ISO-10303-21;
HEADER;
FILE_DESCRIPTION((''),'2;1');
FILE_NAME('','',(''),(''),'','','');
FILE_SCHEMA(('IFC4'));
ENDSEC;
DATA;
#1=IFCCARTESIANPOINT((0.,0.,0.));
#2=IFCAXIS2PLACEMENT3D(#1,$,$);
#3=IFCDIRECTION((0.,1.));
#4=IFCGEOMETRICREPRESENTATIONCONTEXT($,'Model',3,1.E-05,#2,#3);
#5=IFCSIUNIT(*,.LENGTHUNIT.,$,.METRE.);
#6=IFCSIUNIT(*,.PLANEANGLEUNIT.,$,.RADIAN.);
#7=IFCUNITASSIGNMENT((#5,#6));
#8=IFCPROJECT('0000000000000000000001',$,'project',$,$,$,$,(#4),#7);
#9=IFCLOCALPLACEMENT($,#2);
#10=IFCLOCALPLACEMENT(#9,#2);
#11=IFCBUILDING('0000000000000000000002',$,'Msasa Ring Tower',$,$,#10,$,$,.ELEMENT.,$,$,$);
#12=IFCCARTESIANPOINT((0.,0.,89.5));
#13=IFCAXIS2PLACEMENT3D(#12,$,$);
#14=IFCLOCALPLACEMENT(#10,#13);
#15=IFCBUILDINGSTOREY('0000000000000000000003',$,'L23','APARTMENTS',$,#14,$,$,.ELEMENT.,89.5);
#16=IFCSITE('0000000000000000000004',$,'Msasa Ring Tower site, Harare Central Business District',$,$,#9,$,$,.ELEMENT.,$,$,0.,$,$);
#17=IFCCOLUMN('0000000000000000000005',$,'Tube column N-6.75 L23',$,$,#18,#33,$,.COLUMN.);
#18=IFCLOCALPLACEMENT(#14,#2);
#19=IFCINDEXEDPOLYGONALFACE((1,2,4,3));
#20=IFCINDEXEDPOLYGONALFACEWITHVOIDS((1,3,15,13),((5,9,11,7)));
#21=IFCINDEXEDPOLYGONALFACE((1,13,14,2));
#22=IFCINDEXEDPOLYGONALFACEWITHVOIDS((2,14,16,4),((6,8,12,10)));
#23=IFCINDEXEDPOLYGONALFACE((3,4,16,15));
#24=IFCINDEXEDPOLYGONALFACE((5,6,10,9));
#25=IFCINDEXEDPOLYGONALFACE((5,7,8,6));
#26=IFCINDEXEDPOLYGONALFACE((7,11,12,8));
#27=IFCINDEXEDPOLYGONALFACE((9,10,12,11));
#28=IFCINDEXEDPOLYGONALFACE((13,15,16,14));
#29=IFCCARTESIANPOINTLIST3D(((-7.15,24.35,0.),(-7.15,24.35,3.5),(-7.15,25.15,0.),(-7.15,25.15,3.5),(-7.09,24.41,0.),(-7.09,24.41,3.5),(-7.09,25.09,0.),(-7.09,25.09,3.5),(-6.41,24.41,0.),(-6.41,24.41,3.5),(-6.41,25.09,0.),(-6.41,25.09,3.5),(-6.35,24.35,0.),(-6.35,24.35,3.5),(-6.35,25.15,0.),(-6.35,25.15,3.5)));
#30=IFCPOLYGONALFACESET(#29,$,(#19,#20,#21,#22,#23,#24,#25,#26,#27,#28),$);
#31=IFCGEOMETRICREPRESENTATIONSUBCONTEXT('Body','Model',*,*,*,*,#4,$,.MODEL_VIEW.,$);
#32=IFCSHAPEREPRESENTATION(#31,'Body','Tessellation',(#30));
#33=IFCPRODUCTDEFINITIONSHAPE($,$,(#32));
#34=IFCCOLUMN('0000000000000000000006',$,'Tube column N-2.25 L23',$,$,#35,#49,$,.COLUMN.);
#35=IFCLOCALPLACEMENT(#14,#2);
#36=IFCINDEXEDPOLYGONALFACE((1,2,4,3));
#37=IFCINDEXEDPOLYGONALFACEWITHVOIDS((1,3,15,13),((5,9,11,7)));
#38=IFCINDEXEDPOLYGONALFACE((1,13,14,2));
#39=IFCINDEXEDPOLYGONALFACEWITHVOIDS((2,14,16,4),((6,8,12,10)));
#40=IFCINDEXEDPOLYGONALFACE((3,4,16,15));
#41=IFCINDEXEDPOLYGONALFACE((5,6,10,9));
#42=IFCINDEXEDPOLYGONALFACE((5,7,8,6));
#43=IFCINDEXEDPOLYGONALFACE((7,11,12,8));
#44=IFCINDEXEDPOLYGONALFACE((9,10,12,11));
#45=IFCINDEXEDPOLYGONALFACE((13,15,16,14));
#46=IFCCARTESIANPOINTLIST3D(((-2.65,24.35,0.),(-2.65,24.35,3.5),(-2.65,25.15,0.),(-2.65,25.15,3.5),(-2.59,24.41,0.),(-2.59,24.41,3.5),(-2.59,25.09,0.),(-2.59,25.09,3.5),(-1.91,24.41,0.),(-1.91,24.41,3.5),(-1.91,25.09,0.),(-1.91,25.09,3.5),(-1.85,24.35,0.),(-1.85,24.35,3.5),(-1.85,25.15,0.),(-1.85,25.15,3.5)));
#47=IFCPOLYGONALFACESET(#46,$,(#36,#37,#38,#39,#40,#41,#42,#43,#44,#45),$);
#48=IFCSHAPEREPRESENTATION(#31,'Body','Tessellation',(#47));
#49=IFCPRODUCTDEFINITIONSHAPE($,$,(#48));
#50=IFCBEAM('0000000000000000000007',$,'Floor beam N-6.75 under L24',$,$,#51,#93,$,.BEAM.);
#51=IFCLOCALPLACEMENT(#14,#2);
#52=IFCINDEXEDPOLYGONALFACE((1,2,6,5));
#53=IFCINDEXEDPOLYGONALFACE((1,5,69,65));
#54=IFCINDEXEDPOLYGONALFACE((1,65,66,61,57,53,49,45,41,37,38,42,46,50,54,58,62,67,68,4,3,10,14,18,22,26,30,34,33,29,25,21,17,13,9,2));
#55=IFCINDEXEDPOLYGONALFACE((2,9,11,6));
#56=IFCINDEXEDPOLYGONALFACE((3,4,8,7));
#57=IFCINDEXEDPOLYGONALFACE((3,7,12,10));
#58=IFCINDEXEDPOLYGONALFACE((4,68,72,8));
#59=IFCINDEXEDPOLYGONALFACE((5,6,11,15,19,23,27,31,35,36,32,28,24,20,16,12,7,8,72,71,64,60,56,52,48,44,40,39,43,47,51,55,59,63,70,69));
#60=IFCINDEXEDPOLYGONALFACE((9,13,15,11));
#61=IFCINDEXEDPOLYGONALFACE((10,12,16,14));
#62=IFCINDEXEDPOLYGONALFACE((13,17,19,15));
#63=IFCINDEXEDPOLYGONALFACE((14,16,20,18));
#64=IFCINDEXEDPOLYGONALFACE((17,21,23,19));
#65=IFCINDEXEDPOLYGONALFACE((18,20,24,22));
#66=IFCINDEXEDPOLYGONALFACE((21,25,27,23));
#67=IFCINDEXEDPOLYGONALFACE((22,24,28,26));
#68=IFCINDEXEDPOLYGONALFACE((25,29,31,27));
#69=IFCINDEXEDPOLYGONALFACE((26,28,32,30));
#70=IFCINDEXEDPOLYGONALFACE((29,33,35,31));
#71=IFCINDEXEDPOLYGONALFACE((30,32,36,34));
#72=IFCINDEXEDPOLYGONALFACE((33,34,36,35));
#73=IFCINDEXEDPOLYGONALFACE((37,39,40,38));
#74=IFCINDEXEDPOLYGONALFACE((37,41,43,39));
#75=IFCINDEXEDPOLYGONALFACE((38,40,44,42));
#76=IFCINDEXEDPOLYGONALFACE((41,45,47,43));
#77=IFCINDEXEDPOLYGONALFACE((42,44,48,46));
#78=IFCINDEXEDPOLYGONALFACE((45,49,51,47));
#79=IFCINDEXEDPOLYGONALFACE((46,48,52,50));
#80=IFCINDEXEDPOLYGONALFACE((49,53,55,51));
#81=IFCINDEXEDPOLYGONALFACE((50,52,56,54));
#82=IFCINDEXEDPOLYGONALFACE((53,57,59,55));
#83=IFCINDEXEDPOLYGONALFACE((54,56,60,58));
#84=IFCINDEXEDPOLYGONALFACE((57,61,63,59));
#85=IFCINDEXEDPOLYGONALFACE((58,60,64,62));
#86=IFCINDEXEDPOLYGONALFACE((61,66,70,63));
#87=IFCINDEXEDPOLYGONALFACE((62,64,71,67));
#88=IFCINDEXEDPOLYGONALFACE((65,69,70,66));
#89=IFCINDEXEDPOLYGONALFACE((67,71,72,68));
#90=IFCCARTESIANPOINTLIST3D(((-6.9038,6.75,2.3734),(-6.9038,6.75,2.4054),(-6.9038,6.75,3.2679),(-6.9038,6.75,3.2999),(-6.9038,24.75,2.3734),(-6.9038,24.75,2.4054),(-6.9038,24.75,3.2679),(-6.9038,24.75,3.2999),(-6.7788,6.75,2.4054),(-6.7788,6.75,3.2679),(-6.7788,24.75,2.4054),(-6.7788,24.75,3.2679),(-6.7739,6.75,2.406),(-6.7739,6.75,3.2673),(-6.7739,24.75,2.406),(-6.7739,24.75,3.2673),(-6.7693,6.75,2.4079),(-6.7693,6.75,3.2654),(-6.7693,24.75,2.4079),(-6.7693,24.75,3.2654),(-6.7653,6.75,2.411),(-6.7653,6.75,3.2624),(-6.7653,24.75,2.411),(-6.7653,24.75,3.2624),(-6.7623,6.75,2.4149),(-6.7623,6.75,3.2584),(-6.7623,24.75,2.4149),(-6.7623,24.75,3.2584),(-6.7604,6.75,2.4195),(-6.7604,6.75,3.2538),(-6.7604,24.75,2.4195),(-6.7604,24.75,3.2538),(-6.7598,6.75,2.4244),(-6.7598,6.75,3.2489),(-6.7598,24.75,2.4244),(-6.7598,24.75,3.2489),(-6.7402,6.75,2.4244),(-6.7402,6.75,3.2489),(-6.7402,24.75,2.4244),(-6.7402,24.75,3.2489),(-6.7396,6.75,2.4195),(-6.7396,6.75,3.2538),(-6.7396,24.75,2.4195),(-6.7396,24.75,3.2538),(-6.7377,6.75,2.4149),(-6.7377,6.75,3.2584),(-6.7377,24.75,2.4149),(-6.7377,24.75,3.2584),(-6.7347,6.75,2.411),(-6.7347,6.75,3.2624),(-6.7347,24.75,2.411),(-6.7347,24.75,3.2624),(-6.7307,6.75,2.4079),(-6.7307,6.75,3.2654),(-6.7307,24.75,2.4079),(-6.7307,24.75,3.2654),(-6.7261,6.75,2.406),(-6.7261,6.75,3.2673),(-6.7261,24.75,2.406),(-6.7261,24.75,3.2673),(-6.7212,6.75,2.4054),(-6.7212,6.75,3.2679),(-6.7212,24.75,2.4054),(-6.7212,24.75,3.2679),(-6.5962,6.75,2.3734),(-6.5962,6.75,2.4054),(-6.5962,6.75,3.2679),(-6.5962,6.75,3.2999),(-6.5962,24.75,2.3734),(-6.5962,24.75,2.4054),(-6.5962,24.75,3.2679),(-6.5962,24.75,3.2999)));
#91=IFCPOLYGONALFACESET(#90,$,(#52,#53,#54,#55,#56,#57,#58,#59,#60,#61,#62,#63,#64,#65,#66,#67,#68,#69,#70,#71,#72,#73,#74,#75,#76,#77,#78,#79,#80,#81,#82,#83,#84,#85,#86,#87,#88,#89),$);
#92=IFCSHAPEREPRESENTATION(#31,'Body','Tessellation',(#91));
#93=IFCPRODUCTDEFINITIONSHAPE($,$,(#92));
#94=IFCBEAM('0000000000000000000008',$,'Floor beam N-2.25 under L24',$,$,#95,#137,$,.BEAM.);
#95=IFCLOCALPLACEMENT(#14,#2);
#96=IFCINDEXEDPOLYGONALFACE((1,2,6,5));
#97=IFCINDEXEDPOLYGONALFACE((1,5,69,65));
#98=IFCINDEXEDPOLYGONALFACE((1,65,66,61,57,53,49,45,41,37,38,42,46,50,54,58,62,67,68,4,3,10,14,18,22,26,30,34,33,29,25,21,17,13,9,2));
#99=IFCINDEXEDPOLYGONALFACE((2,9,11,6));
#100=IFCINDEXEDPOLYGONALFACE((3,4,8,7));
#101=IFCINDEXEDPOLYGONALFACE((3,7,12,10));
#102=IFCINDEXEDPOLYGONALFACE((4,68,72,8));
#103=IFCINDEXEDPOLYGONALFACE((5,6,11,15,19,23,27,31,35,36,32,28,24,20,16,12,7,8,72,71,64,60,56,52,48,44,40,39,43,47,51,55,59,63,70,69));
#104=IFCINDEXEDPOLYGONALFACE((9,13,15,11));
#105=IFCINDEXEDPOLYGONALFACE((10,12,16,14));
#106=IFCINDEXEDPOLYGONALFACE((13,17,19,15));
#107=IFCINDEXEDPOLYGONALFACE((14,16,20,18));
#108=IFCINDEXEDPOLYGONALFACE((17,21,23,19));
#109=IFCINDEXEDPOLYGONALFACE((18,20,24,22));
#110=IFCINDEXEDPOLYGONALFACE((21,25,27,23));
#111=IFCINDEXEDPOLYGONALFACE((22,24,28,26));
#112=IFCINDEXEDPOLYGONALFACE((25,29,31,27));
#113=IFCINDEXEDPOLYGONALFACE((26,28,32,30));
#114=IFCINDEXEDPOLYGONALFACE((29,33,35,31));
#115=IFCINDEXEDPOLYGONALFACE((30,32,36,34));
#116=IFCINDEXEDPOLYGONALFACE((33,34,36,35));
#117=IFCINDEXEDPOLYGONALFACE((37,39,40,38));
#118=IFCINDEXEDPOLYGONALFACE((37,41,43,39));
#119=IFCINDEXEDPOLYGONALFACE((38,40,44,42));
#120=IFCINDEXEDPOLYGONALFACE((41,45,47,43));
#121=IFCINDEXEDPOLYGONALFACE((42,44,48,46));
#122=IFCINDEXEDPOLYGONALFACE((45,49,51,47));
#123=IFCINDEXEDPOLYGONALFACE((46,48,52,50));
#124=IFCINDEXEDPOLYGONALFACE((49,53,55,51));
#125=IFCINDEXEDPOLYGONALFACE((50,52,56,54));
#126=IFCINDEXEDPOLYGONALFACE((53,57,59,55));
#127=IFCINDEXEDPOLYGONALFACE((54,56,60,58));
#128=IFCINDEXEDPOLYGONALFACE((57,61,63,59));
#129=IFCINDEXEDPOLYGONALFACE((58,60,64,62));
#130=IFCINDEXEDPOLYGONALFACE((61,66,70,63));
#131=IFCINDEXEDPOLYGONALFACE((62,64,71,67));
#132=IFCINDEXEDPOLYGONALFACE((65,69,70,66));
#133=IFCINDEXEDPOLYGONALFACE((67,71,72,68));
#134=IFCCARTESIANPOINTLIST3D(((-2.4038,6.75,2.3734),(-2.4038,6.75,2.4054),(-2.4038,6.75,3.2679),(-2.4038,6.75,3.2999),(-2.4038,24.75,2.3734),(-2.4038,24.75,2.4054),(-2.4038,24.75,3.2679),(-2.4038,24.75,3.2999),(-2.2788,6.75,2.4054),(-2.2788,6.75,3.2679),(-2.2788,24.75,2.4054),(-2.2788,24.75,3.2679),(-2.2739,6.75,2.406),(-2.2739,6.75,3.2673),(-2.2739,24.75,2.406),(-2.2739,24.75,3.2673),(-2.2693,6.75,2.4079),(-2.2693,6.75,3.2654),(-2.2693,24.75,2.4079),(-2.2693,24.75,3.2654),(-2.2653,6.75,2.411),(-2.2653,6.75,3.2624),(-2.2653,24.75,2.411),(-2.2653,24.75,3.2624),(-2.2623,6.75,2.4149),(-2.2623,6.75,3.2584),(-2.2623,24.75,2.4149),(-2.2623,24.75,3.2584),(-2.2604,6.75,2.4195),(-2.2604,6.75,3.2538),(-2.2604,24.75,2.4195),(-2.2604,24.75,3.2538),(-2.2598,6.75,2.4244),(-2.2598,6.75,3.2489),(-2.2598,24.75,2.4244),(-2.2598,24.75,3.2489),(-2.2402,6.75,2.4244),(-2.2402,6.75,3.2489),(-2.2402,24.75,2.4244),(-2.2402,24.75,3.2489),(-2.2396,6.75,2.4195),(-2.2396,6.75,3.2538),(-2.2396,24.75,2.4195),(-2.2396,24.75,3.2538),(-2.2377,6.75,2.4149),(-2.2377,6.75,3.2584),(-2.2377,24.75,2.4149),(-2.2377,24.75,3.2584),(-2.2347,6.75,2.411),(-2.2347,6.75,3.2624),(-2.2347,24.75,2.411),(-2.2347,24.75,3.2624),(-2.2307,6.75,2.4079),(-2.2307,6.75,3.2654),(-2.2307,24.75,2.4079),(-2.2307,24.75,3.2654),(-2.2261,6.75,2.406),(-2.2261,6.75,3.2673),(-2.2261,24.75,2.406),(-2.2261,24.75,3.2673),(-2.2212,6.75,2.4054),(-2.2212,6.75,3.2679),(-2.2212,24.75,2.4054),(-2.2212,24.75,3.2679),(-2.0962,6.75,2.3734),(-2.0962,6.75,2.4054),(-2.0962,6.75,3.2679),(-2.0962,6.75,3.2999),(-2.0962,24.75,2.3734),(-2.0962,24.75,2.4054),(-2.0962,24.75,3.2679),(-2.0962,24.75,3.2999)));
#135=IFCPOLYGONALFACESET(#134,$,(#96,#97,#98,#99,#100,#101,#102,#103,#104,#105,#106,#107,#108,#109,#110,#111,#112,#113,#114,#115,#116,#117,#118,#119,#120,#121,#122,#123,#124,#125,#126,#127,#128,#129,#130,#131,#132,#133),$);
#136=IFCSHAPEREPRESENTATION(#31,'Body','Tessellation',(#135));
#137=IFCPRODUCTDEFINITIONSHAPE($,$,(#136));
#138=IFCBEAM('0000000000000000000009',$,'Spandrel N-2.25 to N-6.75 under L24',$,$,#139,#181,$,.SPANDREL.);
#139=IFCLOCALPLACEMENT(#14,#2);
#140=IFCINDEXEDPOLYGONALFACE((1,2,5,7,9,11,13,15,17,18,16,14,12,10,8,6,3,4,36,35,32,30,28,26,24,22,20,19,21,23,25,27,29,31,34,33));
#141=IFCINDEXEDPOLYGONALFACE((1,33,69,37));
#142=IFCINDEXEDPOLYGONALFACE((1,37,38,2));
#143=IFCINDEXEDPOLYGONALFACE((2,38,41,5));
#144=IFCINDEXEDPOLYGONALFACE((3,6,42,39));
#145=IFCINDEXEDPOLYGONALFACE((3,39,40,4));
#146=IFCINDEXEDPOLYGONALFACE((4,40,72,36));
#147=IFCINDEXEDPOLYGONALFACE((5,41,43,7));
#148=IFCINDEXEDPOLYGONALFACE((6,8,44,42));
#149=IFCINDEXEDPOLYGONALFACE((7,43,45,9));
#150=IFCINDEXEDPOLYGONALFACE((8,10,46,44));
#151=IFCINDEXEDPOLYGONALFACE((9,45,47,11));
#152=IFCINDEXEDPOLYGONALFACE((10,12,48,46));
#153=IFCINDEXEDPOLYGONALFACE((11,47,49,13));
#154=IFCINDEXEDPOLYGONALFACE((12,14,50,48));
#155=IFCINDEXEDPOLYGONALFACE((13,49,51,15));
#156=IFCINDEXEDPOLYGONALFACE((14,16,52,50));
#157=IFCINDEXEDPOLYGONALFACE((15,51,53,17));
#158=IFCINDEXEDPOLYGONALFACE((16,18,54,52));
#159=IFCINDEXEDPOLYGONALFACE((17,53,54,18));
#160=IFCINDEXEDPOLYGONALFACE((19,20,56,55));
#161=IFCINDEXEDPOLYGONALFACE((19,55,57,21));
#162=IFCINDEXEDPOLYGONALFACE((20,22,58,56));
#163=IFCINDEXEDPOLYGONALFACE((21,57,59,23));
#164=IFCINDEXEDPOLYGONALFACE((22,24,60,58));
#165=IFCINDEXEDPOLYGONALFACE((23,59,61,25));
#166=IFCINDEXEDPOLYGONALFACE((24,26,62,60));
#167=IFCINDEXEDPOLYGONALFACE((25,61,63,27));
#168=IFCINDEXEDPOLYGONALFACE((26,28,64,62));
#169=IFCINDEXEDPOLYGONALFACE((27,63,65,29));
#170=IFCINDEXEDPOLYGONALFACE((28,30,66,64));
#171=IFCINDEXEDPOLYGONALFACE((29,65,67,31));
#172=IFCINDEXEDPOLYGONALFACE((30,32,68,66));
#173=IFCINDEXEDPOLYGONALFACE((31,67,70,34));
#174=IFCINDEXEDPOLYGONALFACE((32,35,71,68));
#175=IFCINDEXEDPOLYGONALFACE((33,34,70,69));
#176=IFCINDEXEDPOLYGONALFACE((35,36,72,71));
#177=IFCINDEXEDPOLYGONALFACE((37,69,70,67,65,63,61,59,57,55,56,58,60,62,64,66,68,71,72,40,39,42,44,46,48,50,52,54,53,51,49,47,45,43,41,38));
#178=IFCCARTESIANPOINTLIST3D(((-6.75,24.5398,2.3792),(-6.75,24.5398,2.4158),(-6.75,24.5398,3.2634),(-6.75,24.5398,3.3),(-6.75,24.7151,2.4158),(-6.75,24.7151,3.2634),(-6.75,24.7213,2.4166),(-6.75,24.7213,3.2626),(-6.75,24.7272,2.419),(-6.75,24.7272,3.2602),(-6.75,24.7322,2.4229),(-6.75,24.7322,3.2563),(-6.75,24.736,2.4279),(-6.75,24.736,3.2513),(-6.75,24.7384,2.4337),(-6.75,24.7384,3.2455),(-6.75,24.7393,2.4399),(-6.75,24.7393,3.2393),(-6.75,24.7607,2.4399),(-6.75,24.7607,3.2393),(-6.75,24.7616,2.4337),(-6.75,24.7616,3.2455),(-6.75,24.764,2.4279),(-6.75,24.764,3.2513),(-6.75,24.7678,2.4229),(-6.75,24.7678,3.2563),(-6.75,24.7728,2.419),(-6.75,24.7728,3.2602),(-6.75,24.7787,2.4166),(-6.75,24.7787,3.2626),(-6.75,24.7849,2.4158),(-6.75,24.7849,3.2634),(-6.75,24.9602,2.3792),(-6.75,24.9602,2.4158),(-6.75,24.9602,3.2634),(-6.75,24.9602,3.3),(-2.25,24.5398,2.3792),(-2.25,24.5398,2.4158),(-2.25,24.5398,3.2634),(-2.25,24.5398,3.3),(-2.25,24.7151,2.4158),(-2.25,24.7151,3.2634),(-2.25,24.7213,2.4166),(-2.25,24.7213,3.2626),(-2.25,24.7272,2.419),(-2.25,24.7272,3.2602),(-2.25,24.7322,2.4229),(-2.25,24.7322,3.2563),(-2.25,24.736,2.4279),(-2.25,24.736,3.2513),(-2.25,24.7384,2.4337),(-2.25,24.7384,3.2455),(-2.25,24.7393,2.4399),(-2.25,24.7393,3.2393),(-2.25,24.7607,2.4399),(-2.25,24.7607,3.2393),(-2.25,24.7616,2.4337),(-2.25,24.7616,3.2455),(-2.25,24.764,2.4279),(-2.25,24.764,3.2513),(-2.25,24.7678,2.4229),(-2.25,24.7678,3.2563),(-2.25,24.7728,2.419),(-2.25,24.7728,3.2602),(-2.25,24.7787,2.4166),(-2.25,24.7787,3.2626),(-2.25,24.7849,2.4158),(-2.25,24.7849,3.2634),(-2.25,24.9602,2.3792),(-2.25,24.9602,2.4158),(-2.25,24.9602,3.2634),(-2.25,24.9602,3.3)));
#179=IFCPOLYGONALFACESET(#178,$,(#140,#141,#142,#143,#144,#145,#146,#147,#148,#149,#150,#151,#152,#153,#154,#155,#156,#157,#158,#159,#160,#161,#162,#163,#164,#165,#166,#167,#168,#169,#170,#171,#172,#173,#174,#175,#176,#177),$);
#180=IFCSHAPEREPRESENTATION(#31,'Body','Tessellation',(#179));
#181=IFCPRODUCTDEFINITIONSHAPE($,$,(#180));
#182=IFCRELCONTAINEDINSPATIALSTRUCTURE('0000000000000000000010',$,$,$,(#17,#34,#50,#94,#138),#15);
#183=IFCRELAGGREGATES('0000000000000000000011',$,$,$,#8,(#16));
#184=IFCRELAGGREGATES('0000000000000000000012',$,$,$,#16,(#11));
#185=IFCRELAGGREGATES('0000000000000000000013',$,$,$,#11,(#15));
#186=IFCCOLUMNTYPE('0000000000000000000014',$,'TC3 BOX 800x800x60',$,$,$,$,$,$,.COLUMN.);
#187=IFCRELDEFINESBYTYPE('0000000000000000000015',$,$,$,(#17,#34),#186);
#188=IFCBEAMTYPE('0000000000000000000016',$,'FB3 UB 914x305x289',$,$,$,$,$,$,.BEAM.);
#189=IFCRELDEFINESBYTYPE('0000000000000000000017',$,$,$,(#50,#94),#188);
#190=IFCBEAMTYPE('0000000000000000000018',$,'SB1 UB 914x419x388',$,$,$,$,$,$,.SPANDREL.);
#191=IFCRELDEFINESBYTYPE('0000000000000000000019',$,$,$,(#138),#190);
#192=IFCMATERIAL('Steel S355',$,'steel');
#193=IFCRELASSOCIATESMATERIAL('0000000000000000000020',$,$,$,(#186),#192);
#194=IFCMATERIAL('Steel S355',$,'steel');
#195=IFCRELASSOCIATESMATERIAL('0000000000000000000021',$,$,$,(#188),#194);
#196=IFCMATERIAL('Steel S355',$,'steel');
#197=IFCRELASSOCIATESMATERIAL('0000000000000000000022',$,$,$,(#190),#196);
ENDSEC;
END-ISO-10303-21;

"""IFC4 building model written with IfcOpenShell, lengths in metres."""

from ifc_helpers import new_model, si_unit, direction, frame, origin, origin_2d, place, context, subcontext, project, spatial, hollow_rectangle, i_section, extrude, material, material_profile, profile_set, type_object, element, save


model = new_model("IFC4")

# Units and contexts
model_context = context("Model", 3, precision=1e-05, world=origin(), true_north=direction((0.0, 1.0)))
body_context = subcontext(model_context, "Body", "Model", "MODEL_VIEW")
ifc_project = project(units=[si_unit("LENGTHUNIT", "METRE"), si_unit("PLANEANGLEUNIT", "RADIAN")], contexts=[model_context])

# Site, building, storey
site_placement = place(None, origin())
site = spatial("IfcSite", under=ifc_project, at=site_placement, Name="Msasa Ring Tower site, Harare Central Business District", CompositionType="ELEMENT", RefElevation=0.0)
building_placement = place(site_placement, origin())
building = spatial("IfcBuilding", under=site, at=building_placement, Name="Msasa Ring Tower", CompositionType="ELEMENT")
storey_placement = place(building_placement, frame((0.0, 0.0, 89.5)))
storey = spatial("IfcBuildingStorey", under=building, at=storey_placement, Name="L23", Description="APARTMENTS", CompositionType="ELEMENT", Elevation=89.5)

# Columns
ifc_material_1 = material(Name="Steel S355", Category="steel")
ifc_material_profile_1 = material_profile(ifc_material_1, hollow_rectangle(XDim=0.8, YDim=0.8, WallThickness=0.0601, at=origin_2d()), Name="BOX 800x800x60")
ifc_profile_set_1 = profile_set([ifc_material_profile_1], Name="Steel S355")
column_type = type_object("IfcColumnType", Name="TC3 BOX 800x800x60", PredefinedType="COLUMN", material=ifc_profile_set_1)
for number, where, z_axis, x_axis, name in (
    (1, (-6.75, 24.75, 0.0), (0.0, 0.0, 1.0), (0.0, 1.0, 0.0), "Tube column N-6.75 L23"),
    (2, (-2.25, 24.75, 0.0), (0.0, 0.0, 1.0), (0.0, 1.0, 0.0), "Tube column N-2.25 L23"),
):
    element("IfcColumn", number, at=place(storey_placement, frame(where, z_axis=z_axis, x_axis=x_axis)), inside=storey, type_object=column_type, Name=name, PredefinedType="COLUMN", context=body_context, shape_type="SweptSolid", body=[
        extrude(hollow_rectangle(XDim=0.8, YDim=0.8, WallThickness=0.0601, at=origin_2d()), origin(), (0.0, 0.0, 1.0), 3.5),
    ])

# Beams
ifc_material_2 = material(Name="Steel S355", Category="steel")
ifc_material_profile_2 = material_profile(ifc_material_2, i_section(OverallWidth=0.3076, OverallDepth=0.9265, WebThickness=0.0195, FlangeThickness=0.032, FilletRadius=0.019, at=origin_2d()), Name="UB 914x305x289")
ifc_profile_set_2 = profile_set([ifc_material_profile_2], Name="Steel S355")
beam_type_1 = type_object("IfcBeamType", Name="FB3 UB 914x305x289", PredefinedType="BEAM", material=ifc_profile_set_2)
for number, where, z_axis, x_axis, name in (
    (3, (-6.75, 24.75, 2.8367), (0.0, -1.0, 0.0), (1.0, 0.0, 0.0), "Floor beam N-6.75 under L24"),
    (4, (-2.25, 24.75, 2.8367), (0.0, -1.0, 0.0), (1.0, 0.0, 0.0), "Floor beam N-2.25 under L24"),
):
    element("IfcBeam", number, at=place(storey_placement, frame(where, z_axis=z_axis, x_axis=x_axis)), inside=storey, type_object=beam_type_1, Name=name, PredefinedType="BEAM", context=body_context, shape_type="SweptSolid", body=[
        extrude(i_section(OverallWidth=0.3076, OverallDepth=0.9265, WebThickness=0.0195, FlangeThickness=0.032, FilletRadius=0.019, at=origin_2d()), origin(), (0.0, 0.0, 1.0), 18.0),
    ])
ifc_material_3 = material(Name="Steel S355", Category="steel")
ifc_material_profile_3 = material_profile(ifc_material_3, i_section(OverallWidth=0.4204, OverallDepth=0.9209, WebThickness=0.0215, FlangeThickness=0.0366, FilletRadius=0.0242, at=origin_2d()), Name="UB 914x419x388")
ifc_profile_set_3 = profile_set([ifc_material_profile_3], Name="Steel S355")
beam_type_2 = type_object("IfcBeamType", Name="SB1 UB 914x419x388", PredefinedType="SPANDREL", material=ifc_profile_set_3)
for number, where, z_axis, x_axis, name in (
    (5, (-2.25, 24.75, 2.8396), (-1.0, 0.0, 0.0), (0.0, -1.0, 0.0), "Spandrel N-2.25 to N-6.75 under L24"),
):
    element("IfcBeam", number, at=place(storey_placement, frame(where, z_axis=z_axis, x_axis=x_axis)), inside=storey, type_object=beam_type_2, Name=name, PredefinedType="SPANDREL", context=body_context, shape_type="SweptSolid", body=[
        extrude(i_section(OverallWidth=0.4204, OverallDepth=0.9209, WebThickness=0.0215, FlangeThickness=0.0366, FilletRadius=0.0242, at=origin_2d()), origin(), (0.0, 0.0, 1.0), 4.5),
    ])

save(model, "model.ifc")
